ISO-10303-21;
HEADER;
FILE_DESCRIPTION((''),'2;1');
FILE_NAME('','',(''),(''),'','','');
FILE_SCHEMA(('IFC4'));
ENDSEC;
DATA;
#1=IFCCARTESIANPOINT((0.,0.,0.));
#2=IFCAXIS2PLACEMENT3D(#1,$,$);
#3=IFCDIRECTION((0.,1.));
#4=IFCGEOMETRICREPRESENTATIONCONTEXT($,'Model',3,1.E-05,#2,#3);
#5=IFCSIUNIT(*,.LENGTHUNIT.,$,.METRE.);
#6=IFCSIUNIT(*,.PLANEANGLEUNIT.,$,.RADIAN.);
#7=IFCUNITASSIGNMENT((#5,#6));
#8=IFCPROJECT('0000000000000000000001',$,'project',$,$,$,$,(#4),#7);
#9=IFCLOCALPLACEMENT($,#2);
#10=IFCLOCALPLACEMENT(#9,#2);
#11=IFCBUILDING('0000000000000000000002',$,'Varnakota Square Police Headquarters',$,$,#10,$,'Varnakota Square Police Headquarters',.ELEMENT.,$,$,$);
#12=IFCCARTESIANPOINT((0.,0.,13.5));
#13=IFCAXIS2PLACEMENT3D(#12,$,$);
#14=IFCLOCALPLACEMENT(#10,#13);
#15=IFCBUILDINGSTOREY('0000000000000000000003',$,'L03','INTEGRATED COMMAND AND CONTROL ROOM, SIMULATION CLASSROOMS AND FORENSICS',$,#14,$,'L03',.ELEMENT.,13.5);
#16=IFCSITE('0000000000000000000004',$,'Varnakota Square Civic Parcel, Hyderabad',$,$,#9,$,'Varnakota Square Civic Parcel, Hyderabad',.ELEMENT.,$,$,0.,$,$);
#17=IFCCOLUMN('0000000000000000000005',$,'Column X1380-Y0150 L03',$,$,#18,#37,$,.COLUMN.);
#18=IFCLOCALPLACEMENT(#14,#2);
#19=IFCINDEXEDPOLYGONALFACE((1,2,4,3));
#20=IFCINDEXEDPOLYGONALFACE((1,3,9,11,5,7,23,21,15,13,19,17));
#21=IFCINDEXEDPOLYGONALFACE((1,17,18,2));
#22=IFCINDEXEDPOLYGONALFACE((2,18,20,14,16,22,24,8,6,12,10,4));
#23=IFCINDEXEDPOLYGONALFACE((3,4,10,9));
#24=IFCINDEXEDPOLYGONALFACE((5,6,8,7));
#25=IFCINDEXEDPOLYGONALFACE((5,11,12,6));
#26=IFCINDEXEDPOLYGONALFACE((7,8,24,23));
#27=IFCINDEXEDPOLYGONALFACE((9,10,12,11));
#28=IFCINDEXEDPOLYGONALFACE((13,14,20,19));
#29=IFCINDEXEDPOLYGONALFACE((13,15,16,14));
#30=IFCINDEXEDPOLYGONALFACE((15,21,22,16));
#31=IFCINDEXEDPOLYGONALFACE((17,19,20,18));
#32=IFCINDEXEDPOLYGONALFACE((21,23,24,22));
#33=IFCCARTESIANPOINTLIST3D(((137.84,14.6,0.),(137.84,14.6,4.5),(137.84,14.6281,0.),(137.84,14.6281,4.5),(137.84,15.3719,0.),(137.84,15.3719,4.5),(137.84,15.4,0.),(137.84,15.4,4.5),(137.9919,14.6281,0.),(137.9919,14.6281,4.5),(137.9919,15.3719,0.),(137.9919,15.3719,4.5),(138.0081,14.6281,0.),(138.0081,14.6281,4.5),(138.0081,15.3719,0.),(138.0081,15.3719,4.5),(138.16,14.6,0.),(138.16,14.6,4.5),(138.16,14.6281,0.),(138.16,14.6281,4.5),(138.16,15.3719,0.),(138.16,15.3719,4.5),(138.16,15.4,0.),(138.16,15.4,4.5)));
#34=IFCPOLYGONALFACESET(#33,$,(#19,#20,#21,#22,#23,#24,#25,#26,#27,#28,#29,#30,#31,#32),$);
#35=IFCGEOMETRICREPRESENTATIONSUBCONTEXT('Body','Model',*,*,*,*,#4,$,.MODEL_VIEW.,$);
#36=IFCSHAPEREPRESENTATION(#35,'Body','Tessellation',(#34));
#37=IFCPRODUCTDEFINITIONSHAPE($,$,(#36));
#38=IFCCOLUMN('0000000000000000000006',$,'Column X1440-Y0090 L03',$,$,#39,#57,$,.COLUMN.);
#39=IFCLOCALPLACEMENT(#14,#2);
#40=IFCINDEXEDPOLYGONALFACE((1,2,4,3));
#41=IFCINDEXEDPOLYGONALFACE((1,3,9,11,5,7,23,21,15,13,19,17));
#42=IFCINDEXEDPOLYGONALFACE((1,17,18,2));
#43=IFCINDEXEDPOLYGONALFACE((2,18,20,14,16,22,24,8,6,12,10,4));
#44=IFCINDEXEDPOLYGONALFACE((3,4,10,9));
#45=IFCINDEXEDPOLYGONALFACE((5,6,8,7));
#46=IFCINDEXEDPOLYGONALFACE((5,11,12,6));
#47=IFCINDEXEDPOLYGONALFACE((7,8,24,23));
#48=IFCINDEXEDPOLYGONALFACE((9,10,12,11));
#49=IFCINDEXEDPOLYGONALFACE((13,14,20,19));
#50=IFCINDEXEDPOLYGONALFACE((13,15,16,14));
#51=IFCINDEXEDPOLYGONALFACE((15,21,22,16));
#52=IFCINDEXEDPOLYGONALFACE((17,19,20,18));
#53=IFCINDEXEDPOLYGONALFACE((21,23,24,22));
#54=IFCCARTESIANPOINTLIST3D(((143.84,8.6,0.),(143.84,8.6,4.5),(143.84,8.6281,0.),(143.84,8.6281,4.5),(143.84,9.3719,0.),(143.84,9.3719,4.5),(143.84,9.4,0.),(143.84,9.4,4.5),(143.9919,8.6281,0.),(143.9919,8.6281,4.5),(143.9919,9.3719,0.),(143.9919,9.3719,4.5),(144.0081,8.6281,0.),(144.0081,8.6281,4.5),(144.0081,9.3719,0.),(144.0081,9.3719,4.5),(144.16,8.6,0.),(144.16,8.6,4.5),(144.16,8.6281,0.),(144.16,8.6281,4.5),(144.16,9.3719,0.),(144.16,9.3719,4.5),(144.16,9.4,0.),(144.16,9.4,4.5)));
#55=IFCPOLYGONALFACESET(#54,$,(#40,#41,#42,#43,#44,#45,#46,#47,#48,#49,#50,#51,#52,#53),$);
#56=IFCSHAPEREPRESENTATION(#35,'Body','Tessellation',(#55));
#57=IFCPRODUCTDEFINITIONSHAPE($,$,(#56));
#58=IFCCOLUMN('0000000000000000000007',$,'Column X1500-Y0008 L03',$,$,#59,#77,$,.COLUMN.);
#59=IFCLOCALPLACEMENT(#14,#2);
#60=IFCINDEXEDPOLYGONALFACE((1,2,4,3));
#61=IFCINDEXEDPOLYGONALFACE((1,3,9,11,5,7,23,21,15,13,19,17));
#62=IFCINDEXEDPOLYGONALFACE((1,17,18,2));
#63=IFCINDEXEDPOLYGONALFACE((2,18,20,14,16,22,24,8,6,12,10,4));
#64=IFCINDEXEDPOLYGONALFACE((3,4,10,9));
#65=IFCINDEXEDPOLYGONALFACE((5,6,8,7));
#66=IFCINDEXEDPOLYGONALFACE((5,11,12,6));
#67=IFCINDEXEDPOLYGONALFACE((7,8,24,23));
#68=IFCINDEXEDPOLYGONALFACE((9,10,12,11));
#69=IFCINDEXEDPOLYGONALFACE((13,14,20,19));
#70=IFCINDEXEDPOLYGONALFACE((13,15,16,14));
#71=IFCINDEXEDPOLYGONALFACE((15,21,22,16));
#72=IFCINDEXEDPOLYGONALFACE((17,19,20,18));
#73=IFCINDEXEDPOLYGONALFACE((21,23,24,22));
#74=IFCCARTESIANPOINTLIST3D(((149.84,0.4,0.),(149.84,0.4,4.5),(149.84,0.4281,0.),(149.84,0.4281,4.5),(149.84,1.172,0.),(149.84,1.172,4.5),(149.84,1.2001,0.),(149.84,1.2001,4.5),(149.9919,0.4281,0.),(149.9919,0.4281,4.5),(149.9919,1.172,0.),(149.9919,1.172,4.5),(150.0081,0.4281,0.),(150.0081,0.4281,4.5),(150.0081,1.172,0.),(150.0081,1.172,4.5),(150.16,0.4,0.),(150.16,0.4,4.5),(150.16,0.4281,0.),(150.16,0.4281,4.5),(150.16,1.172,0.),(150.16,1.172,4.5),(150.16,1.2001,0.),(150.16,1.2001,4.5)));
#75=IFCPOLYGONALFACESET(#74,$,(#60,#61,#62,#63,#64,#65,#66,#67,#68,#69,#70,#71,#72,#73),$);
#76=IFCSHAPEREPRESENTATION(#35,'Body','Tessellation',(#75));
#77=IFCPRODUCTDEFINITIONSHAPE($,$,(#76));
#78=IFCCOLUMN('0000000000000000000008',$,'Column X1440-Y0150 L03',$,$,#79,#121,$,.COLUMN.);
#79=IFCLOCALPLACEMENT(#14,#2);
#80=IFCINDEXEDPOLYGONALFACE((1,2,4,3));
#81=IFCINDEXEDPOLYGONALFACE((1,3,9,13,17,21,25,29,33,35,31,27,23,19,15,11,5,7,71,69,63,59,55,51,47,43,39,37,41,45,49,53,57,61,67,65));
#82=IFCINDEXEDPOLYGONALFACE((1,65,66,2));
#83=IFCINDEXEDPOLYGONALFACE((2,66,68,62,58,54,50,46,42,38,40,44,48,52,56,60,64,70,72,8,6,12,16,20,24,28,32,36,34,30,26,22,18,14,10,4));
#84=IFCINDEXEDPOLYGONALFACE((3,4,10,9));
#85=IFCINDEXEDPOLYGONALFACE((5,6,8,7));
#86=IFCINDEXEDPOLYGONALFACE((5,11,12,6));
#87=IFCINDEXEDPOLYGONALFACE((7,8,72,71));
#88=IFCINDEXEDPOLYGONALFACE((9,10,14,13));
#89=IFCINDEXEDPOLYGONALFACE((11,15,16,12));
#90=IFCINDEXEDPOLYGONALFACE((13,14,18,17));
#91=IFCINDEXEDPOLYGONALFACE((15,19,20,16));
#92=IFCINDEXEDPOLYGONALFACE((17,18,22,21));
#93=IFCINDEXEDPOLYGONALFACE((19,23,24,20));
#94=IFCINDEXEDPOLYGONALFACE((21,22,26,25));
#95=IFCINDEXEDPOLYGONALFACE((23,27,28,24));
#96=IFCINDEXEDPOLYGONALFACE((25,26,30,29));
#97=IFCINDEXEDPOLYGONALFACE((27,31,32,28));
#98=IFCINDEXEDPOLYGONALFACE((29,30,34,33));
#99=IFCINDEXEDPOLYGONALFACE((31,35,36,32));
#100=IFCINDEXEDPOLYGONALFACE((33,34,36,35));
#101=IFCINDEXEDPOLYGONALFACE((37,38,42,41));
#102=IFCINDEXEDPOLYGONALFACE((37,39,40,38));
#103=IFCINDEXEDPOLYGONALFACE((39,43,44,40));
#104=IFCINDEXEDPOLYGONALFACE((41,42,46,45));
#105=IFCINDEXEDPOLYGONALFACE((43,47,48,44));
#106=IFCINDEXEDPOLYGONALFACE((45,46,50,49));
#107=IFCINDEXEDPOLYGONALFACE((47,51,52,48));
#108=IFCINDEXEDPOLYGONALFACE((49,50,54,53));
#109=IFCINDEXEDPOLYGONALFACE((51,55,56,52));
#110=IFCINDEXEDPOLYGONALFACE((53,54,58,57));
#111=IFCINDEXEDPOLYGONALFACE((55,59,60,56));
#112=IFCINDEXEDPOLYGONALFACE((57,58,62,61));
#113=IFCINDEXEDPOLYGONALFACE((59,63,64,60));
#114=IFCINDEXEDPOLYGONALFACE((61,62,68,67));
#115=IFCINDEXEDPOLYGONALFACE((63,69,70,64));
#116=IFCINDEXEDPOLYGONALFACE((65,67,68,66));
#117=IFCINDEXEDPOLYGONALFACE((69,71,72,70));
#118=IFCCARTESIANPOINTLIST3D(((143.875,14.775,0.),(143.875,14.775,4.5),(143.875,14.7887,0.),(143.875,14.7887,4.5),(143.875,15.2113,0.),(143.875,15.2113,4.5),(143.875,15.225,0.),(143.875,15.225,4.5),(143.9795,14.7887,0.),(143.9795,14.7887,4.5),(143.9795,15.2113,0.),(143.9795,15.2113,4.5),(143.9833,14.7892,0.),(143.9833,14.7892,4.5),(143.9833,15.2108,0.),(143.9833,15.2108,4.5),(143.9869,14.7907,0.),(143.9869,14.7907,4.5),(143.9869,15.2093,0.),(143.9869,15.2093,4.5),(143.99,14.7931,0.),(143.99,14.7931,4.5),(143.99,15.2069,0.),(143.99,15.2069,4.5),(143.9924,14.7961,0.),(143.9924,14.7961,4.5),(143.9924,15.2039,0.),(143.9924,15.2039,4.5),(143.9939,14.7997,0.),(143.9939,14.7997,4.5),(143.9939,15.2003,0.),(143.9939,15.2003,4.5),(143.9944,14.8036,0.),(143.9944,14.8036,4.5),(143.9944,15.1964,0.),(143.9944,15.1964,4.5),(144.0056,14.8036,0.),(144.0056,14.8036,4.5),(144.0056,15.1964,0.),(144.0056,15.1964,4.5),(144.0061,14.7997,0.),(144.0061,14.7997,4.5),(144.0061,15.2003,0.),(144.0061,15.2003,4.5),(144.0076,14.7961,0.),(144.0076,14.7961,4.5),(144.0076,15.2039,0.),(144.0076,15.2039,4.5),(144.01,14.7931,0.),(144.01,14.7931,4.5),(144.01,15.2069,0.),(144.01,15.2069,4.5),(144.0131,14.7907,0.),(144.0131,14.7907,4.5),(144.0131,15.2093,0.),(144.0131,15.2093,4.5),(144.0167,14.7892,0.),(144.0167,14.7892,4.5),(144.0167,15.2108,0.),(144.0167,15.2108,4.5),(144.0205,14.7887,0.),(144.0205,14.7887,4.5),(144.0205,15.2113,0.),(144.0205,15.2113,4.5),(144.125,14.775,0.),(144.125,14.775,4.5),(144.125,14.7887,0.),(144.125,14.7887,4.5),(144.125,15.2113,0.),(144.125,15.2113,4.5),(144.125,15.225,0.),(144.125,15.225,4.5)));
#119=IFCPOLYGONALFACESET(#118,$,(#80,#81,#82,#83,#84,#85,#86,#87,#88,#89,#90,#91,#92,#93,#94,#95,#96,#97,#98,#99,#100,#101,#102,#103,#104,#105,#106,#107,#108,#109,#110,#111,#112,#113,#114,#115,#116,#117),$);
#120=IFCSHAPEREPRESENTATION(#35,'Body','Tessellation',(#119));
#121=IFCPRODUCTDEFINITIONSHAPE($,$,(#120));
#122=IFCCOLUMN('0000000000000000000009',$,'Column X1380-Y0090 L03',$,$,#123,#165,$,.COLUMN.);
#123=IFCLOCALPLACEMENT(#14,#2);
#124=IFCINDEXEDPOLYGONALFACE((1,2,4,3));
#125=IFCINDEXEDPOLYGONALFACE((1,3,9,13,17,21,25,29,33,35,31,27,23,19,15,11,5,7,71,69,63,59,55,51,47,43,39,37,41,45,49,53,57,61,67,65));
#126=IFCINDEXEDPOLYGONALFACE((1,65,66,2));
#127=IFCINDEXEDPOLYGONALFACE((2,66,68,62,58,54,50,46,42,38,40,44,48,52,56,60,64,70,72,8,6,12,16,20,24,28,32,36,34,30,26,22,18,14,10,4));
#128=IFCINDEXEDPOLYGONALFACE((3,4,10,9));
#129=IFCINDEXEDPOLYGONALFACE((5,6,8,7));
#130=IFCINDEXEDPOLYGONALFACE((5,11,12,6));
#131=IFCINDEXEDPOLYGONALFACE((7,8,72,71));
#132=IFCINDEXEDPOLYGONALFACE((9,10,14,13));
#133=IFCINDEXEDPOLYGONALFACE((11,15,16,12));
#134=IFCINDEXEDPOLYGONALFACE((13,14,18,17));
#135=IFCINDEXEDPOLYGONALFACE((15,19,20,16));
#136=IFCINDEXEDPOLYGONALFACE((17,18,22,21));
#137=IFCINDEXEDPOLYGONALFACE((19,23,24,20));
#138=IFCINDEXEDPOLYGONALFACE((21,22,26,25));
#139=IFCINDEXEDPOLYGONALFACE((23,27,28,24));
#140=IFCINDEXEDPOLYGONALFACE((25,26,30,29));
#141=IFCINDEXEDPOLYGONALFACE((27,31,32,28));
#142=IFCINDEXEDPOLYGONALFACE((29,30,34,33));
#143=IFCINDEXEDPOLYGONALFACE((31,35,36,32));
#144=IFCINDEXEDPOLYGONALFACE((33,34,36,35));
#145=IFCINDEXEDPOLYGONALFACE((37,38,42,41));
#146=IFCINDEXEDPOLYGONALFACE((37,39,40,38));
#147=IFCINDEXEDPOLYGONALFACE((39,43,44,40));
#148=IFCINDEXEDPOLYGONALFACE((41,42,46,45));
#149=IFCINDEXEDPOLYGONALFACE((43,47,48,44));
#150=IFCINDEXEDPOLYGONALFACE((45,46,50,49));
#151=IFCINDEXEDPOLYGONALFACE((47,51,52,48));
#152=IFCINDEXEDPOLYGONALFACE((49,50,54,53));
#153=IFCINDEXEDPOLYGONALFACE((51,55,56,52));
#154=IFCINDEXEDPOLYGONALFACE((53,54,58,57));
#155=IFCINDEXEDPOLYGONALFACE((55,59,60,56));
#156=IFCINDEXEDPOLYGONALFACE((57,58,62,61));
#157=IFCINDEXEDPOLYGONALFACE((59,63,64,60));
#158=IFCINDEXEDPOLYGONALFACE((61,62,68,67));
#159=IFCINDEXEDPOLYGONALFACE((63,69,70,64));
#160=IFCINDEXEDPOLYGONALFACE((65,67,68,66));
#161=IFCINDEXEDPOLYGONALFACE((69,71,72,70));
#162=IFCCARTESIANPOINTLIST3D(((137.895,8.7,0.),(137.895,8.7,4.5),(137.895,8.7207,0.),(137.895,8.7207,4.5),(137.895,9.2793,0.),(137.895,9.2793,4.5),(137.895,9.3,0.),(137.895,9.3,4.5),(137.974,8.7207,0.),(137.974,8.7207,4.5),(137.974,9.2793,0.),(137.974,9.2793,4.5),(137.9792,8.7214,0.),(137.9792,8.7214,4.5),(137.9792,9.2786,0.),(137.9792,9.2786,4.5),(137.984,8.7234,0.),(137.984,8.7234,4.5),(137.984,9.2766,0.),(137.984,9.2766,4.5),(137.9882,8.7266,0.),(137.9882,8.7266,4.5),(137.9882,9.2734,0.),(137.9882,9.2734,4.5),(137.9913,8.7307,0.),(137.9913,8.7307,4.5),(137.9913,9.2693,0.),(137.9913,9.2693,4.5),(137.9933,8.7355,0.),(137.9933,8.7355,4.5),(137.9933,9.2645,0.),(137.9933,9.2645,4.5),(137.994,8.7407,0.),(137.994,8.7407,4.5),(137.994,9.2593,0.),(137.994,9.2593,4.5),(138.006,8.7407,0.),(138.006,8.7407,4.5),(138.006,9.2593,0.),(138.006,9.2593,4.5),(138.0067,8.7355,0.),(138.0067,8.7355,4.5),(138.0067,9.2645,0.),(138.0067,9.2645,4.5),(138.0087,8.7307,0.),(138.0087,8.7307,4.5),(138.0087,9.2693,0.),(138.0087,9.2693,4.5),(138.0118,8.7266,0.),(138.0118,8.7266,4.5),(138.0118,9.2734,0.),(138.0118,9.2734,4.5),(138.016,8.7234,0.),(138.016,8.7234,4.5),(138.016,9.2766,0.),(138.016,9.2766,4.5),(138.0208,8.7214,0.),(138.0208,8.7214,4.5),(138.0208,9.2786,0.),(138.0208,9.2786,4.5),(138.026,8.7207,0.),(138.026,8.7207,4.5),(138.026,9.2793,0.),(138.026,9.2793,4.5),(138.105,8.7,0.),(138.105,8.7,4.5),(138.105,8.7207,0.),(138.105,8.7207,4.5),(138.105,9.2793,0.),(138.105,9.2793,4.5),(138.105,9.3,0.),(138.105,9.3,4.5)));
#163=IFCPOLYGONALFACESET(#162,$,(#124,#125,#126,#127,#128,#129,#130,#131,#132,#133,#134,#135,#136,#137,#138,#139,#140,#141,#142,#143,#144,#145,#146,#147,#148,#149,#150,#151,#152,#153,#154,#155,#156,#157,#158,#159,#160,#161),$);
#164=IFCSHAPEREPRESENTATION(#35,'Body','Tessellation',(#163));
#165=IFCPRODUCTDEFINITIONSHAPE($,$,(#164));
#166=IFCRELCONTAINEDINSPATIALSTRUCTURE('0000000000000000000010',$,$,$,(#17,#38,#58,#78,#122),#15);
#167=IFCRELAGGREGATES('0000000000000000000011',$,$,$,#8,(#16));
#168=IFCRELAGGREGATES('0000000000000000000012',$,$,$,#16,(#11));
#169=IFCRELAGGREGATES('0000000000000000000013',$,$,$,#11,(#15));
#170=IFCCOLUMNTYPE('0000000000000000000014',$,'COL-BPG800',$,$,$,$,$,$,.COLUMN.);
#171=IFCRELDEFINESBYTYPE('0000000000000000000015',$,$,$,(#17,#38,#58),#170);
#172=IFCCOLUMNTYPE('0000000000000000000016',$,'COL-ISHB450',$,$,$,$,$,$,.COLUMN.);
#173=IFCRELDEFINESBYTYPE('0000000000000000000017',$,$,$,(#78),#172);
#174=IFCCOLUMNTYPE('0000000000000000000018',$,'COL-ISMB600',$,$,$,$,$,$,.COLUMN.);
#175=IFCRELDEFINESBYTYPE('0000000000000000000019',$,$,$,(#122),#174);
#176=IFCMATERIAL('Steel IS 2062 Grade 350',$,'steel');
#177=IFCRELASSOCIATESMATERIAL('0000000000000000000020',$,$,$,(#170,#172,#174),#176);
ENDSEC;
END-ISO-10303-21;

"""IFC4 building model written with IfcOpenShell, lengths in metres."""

from ifc_helpers import new_model, si_unit, direction, frame, origin, origin_2d, place, context, subcontext, project, spatial, i_section, extrude, material, material_profile, profile_set, type_object, element, save


model = new_model("IFC4")

# Units and contexts
model_context = context("Model", 3, precision=1e-05, world=origin(), true_north=direction((0.0, 1.0)))
body_context = subcontext(model_context, "Body", "Model", "MODEL_VIEW")
ifc_project = project(units=[si_unit("LENGTHUNIT", "METRE"), si_unit("PLANEANGLEUNIT", "RADIAN")], contexts=[model_context])

# Site, building, storey
site_placement = place(None, origin())
site = spatial("IfcSite", under=ifc_project, at=site_placement, Name="Varnakota Square Civic Parcel, Hyderabad", LongName="Varnakota Square Civic Parcel, Hyderabad", CompositionType="ELEMENT", RefElevation=0.0)
building_placement = place(site_placement, origin())
building = spatial("IfcBuilding", under=site, at=building_placement, Name="Varnakota Square Police Headquarters", LongName="Varnakota Square Police Headquarters", CompositionType="ELEMENT")
storey_placement = place(building_placement, frame((0.0, 0.0, 13.5)))
storey = spatial("IfcBuildingStorey", under=building, at=storey_placement, Name="L03", Description="INTEGRATED COMMAND AND CONTROL ROOM, SIMULATION CLASSROOMS AND FORENSICS", LongName="L03", CompositionType="ELEMENT", Elevation=13.5)

# Columns
ifc_material_1 = material(Name="Steel IS 2062 Grade 350", Category="steel")
ifc_material_profile_1 = material_profile(ifc_material_1, i_section(OverallWidth=0.3201, OverallDepth=0.8, WebThickness=0.0161, FlangeThickness=0.0281, at=origin_2d()), Name="BPG 800x320")
ifc_profile_set_1 = profile_set([ifc_material_profile_1], Name="Steel IS 2062 Grade 350")
column_type_1 = type_object("IfcColumnType", Name="COL-BPG800", PredefinedType="COLUMN", material=ifc_profile_set_1)
for number, where, z_axis, x_axis, name in (
    (1, (138.0, 15.0, 0.0), (0.0, 0.0, 1.0), (1.0, 0.0, 0.0), "Column X1380-Y0150 L03"),
    (2, (144.0, 9.0, 0.0), (0.0, 0.0, 1.0), (1.0, 0.0, 0.0), "Column X1440-Y0090 L03"),
    (3, (150.0, 0.8, 0.0), (0.0, 0.0, 1.0), (1.0, 0.0, 0.0), "Column X1500-Y0008 L03"),
):
    element("IfcColumn", number, at=place(storey_placement, frame(where, z_axis=z_axis, x_axis=x_axis)), inside=storey, type_object=column_type_1, Name=name, PredefinedType="COLUMN", context=body_context, shape_type="SweptSolid", body=[
        extrude(i_section(OverallWidth=0.3201, OverallDepth=0.8, WebThickness=0.0161, FlangeThickness=0.0281, at=origin_2d()), origin(), (0.0, 0.0, 1.0), 4.5),
    ])
ifc_material_profile_2 = material_profile(ifc_material_1, i_section(OverallWidth=0.25, OverallDepth=0.45, WebThickness=0.0112, FlangeThickness=0.0137, FilletRadius=0.0149, at=origin_2d()), Name="ISHB 450")
ifc_profile_set_2 = profile_set([ifc_material_profile_2], Name="Steel IS 2062 Grade 350")
column_type_2 = type_object("IfcColumnType", Name="COL-ISHB450", PredefinedType="COLUMN", material=ifc_profile_set_2)
column_placement = place(storey_placement, frame((144.0, 15.0, 0.0), z_axis=(0.0, 0.0, 1.0), x_axis=(1.0, 0.0, 0.0)))
element("IfcColumn", 4, at=column_placement, inside=storey, type_object=column_type_2, Name="Column X1440-Y0150 L03", PredefinedType="COLUMN", context=body_context, shape_type="SweptSolid", body=[
    extrude(i_section(OverallWidth=0.25, OverallDepth=0.45, WebThickness=0.0112, FlangeThickness=0.0137, FilletRadius=0.0149, at=origin_2d()), origin(), (0.0, 0.0, 1.0), 4.5),
])
ifc_material_profile_3 = material_profile(ifc_material_1, i_section(OverallWidth=0.21, OverallDepth=0.6001, WebThickness=0.012, FlangeThickness=0.0208, FilletRadius=0.02, at=origin_2d()), Name="ISMB 600")
ifc_profile_set_3 = profile_set([ifc_material_profile_3], Name="Steel IS 2062 Grade 350")
column_type_3 = type_object("IfcColumnType", Name="COL-ISMB600", PredefinedType="COLUMN", material=ifc_profile_set_3)
for number, where, z_axis, x_axis, name in (
    (5, (138.0, 9.0, 0.0), (0.0, 0.0, 1.0), (1.0, 0.0, 0.0), "Column X1380-Y0090 L03"),
):
    element("IfcColumn", number, at=place(storey_placement, frame(where, z_axis=z_axis, x_axis=x_axis)), inside=storey, type_object=column_type_3, Name=name, PredefinedType="COLUMN", context=body_context, shape_type="SweptSolid", body=[
        extrude(i_section(OverallWidth=0.21, OverallDepth=0.6001, WebThickness=0.012, FlangeThickness=0.0208, FilletRadius=0.02, at=origin_2d()), origin(), (0.0, 0.0, 1.0), 4.5),
    ])

save(model, "model.ifc")
